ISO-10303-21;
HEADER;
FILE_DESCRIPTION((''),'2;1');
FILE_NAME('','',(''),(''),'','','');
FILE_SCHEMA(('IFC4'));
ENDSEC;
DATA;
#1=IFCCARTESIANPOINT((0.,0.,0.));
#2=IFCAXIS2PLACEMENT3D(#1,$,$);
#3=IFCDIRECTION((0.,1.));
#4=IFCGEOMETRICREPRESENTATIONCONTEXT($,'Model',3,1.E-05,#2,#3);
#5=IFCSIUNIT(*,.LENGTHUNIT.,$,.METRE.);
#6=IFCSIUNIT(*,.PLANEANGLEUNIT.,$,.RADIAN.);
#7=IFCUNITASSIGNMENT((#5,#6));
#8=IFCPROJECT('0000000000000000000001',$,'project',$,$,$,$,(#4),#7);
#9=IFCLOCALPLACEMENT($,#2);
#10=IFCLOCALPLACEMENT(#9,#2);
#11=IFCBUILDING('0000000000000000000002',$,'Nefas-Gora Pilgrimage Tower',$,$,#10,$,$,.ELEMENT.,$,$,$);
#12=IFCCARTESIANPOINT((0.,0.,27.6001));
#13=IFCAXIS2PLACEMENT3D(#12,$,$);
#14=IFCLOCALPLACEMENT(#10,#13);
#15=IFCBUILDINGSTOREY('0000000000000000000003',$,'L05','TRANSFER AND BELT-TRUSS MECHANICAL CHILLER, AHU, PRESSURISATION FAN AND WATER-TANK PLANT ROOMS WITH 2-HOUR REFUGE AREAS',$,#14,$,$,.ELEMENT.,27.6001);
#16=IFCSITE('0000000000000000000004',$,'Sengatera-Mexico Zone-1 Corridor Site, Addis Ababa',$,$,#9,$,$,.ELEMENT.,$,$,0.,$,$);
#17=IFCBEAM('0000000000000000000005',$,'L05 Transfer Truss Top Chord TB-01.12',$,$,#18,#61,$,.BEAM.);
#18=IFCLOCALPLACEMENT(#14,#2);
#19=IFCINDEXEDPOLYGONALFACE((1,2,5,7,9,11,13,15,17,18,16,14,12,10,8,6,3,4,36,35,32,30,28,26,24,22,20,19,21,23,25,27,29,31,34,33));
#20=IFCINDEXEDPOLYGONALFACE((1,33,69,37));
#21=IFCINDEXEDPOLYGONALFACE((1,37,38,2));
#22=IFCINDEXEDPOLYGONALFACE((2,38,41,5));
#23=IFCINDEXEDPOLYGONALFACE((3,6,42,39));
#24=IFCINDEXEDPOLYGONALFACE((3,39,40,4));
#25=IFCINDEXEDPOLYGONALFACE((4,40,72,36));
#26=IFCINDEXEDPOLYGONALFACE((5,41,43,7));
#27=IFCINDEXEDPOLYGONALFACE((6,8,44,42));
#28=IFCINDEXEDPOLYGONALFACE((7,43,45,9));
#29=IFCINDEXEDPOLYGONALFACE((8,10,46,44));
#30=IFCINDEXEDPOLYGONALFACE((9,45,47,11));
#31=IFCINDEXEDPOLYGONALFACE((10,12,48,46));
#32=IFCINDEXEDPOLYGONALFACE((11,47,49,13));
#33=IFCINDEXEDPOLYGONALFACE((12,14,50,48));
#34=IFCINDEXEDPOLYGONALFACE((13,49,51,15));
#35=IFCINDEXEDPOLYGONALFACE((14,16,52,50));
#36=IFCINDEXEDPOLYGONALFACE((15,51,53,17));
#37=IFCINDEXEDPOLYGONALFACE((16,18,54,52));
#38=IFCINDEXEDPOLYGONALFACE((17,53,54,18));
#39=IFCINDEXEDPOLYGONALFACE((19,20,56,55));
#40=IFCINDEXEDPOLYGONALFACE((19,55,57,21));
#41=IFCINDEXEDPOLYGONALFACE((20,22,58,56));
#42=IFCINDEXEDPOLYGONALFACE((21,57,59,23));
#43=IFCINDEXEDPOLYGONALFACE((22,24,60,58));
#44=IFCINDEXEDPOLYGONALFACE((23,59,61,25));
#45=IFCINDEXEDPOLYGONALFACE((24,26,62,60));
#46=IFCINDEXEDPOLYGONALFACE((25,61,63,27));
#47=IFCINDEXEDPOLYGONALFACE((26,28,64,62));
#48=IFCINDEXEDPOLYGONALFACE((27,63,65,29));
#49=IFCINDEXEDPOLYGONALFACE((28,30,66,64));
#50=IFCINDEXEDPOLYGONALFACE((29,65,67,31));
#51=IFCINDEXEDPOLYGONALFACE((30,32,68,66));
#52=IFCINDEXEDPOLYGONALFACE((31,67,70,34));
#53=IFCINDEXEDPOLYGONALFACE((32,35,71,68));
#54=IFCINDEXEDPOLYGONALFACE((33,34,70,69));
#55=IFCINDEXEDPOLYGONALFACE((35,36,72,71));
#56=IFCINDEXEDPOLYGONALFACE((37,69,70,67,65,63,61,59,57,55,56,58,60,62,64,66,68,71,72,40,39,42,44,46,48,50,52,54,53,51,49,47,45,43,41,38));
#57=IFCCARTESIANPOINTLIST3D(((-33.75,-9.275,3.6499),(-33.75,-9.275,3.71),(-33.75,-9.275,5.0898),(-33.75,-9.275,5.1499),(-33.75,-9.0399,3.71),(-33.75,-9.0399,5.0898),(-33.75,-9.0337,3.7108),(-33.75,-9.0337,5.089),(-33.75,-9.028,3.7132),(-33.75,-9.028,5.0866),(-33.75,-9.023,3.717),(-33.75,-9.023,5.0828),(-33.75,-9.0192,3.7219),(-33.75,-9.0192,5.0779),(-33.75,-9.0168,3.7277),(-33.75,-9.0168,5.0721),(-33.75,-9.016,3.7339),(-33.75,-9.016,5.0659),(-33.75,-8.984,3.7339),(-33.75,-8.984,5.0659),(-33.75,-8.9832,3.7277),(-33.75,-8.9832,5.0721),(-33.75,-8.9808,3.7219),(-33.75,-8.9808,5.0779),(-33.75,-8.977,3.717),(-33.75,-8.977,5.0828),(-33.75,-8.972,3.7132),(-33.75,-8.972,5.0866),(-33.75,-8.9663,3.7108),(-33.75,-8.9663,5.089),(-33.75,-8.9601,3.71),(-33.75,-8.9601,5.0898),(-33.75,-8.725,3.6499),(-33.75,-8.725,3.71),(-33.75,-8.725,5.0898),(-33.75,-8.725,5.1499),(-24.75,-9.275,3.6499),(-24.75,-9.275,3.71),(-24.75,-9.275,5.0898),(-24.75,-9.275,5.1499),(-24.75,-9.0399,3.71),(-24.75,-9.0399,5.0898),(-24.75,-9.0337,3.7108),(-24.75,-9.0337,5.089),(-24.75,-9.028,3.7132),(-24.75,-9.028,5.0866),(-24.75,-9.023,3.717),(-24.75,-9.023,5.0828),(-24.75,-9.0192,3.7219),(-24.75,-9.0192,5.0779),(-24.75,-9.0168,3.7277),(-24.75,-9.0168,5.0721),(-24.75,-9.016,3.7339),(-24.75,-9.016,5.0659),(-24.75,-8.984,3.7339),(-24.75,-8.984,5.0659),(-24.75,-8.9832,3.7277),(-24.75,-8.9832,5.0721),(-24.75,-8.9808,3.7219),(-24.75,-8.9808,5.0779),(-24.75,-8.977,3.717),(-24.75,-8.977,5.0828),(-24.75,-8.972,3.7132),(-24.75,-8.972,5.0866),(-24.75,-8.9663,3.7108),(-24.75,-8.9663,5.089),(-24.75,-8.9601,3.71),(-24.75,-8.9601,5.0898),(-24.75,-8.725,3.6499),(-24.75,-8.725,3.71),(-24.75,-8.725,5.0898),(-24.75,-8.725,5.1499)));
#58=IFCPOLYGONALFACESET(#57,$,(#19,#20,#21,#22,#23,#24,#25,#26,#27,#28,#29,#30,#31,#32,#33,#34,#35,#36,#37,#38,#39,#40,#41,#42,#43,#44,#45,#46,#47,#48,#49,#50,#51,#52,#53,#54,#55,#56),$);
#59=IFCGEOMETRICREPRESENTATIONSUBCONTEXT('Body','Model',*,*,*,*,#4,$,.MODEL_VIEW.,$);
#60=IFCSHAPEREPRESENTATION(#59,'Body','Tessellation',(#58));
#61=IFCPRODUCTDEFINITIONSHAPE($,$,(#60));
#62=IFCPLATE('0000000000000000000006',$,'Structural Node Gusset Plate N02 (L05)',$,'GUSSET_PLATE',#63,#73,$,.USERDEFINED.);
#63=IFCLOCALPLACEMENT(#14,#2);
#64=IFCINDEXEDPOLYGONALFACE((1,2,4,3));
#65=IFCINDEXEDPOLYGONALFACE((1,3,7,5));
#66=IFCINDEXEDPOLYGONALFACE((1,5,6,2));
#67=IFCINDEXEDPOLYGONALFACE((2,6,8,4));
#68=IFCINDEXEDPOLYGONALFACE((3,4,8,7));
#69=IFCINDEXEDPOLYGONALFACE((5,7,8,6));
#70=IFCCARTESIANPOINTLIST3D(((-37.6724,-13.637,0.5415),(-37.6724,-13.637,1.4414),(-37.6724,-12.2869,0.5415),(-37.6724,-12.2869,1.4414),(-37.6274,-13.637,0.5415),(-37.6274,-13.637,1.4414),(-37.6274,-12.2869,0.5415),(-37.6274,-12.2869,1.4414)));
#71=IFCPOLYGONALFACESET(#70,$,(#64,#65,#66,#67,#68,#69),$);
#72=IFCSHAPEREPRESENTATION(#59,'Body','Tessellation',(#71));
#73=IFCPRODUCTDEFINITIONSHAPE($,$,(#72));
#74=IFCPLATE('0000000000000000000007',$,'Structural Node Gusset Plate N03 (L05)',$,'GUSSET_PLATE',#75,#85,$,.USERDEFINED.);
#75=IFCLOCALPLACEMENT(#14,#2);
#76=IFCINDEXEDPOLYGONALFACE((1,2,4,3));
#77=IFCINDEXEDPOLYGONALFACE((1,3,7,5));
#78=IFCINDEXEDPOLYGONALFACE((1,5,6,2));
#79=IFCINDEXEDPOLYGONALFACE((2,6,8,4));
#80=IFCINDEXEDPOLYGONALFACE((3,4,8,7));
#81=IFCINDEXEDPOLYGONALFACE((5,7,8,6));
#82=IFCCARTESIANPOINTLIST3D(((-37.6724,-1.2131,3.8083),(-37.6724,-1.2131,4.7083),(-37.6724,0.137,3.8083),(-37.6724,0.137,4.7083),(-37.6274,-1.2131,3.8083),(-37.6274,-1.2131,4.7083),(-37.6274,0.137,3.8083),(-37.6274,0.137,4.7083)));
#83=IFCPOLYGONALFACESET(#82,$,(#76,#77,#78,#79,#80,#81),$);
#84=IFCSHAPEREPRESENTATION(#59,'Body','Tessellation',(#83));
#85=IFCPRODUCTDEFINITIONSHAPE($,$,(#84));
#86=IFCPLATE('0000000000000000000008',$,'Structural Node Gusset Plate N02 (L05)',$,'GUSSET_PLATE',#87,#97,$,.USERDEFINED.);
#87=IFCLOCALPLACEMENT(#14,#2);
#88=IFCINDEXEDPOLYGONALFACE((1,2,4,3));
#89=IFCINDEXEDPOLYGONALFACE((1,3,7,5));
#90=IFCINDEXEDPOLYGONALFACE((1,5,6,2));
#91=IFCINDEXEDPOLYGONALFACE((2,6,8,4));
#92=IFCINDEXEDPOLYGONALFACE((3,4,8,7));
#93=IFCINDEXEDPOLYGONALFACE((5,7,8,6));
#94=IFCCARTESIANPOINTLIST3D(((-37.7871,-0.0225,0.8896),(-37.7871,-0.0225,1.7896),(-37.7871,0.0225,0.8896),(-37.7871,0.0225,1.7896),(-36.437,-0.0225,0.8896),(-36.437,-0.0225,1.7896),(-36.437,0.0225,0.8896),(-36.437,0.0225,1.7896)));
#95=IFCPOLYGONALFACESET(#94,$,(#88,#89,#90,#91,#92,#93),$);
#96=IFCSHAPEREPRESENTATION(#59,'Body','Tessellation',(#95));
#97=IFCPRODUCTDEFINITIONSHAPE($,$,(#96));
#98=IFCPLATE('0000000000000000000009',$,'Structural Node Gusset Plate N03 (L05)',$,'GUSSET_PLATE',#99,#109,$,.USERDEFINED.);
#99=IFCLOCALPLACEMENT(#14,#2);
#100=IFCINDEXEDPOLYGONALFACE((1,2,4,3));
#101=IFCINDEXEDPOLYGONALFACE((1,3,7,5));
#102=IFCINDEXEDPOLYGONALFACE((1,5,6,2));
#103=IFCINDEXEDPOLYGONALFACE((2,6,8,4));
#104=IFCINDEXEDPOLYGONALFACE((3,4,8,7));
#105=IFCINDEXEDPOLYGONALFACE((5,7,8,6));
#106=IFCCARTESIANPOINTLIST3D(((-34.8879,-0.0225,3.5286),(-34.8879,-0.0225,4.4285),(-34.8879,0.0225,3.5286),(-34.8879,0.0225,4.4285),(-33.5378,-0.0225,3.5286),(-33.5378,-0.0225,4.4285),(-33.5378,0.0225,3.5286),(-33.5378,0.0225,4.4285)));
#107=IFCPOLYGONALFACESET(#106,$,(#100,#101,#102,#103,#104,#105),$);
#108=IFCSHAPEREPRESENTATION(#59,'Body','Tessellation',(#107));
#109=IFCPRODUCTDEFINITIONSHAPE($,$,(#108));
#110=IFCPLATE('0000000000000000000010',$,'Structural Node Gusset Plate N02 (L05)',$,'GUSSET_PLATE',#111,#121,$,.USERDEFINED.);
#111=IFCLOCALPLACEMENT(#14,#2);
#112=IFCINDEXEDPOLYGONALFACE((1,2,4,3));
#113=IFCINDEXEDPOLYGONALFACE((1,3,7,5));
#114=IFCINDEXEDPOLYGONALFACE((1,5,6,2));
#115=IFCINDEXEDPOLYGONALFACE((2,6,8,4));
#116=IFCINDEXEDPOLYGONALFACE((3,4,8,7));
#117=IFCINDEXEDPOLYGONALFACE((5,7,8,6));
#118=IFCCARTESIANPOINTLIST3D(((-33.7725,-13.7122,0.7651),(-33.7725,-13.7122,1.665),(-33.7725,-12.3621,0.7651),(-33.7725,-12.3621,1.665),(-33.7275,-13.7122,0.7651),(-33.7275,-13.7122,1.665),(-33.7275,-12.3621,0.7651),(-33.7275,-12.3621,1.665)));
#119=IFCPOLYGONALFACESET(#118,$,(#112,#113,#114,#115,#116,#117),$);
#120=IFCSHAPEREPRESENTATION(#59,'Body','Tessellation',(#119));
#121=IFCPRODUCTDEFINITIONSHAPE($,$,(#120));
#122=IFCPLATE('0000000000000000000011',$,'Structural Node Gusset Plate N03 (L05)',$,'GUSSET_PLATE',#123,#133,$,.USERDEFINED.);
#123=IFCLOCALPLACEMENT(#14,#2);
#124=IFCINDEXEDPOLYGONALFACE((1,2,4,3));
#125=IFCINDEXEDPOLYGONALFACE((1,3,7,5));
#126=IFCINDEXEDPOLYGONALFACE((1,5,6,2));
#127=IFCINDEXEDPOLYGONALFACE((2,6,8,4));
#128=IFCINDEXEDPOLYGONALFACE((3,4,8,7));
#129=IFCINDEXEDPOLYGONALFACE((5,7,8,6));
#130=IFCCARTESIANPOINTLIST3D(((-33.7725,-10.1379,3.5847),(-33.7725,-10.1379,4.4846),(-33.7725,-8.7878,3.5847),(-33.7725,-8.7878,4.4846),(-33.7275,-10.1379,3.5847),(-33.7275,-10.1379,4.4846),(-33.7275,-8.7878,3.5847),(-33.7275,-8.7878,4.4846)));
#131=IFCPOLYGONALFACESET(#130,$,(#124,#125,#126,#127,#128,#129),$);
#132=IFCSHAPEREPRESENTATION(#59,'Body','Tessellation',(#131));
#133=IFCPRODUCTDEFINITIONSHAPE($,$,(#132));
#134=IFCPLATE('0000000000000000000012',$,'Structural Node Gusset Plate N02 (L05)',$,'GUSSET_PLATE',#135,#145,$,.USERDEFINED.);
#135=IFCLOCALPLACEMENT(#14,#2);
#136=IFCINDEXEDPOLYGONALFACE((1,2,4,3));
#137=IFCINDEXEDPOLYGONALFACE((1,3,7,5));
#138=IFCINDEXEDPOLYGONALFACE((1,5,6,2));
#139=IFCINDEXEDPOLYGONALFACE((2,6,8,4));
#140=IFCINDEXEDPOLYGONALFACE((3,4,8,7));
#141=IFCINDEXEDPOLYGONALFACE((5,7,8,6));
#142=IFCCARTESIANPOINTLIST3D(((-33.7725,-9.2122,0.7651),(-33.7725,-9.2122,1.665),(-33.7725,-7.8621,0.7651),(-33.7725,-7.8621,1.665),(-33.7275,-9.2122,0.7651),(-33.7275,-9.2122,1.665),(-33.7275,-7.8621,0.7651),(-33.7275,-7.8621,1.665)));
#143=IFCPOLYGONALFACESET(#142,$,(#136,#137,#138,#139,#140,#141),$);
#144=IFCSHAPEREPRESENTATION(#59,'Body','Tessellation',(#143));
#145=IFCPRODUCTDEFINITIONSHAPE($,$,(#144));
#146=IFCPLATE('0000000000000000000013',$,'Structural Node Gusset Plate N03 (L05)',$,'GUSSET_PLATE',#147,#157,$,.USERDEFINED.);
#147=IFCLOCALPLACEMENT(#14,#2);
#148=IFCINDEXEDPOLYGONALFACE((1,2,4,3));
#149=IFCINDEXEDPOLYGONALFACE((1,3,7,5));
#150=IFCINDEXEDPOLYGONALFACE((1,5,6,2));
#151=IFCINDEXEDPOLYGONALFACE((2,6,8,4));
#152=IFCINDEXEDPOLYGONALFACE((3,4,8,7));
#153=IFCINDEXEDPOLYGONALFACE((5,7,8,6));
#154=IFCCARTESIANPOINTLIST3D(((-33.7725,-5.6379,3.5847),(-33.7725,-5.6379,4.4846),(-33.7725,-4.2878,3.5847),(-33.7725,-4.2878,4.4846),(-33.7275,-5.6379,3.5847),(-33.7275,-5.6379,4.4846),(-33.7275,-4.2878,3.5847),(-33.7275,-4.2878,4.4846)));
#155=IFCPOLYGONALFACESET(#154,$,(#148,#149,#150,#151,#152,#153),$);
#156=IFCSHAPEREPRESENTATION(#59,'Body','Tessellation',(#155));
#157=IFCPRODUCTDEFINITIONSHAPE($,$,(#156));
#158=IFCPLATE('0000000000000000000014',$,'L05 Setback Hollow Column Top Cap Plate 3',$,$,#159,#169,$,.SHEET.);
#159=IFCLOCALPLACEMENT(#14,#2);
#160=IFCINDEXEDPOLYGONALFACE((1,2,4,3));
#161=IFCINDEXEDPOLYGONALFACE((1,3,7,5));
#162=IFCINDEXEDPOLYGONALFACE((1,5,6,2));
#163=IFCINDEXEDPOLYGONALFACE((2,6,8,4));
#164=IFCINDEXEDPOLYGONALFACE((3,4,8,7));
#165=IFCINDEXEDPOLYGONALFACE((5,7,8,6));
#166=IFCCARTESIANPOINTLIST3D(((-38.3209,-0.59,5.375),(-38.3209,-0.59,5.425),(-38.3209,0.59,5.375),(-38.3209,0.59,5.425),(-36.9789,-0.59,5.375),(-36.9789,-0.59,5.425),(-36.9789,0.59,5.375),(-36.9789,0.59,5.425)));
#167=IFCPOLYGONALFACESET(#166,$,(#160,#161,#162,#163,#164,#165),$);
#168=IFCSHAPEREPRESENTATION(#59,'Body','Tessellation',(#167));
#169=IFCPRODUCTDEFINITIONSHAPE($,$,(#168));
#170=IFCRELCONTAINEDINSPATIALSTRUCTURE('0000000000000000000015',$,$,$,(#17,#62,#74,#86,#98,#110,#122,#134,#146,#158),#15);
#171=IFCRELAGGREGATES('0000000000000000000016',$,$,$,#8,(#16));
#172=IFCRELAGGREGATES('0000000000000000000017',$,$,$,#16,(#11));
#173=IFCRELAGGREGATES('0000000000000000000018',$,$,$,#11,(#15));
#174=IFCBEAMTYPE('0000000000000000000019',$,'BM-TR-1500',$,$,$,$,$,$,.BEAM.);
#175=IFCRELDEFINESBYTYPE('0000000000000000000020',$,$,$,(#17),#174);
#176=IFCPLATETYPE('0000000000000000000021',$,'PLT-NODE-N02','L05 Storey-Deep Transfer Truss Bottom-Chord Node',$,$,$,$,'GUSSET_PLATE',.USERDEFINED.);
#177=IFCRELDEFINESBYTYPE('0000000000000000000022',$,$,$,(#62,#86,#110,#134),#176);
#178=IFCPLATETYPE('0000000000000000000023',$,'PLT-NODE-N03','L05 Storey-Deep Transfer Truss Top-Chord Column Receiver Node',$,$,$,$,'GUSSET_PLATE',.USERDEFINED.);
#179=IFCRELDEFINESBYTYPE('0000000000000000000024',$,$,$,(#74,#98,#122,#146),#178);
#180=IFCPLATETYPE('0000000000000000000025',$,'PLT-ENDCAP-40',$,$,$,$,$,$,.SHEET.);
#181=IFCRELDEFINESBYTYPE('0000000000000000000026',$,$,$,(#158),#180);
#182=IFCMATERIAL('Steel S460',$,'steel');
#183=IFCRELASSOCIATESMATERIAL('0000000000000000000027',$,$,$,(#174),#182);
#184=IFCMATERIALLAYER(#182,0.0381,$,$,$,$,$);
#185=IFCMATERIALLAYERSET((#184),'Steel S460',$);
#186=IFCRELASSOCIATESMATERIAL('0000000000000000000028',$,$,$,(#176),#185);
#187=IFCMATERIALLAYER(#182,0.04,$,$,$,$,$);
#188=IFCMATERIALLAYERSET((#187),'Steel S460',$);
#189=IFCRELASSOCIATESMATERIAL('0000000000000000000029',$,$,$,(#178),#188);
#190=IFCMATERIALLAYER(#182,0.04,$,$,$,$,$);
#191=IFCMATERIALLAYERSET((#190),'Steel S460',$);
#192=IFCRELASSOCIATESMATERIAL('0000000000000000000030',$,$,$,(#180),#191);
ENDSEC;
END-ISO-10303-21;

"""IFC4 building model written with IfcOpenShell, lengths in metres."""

from ifc_helpers import new_model, si_unit, direction, frame, origin, origin_2d, place, context, subcontext, project, spatial, rectangle, i_section, extrude, source, transform, mapped, material, layer, layer_set, material_profile, profile_set, type_object, element, save


model = new_model("IFC4")

# Units and contexts
model_context = context("Model", 3, precision=1e-05, world=origin(), true_north=direction((0.0, 1.0)))
body_context = subcontext(model_context, "Body", "Model", "MODEL_VIEW")
ifc_project = project(units=[si_unit("LENGTHUNIT", "METRE"), si_unit("PLANEANGLEUNIT", "RADIAN")], contexts=[model_context])

# Site, building, storey
site_placement = place(None, origin())
site = spatial("IfcSite", under=ifc_project, at=site_placement, Name="Sengatera-Mexico Zone-1 Corridor Site, Addis Ababa", CompositionType="ELEMENT", RefElevation=0.0)
building_placement = place(site_placement, origin())
building = spatial("IfcBuilding", under=site, at=building_placement, Name="Nefas-Gora Pilgrimage Tower", CompositionType="ELEMENT")
storey_placement = place(building_placement, frame((0.0, 0.0, 27.6001)))
storey = spatial("IfcBuildingStorey", under=building, at=storey_placement, Name="L05", Description="TRANSFER AND BELT-TRUSS MECHANICAL CHILLER, AHU, PRESSURISATION FAN AND WATER-TANK PLANT ROOMS WITH 2-HOUR REFUGE AREAS", CompositionType="ELEMENT", Elevation=27.6001)

# Shared definitions
ifc_material_1 = material(Name="Steel S460", Category="steel")

# Shared definitions
ifc_material_profile_1 = material_profile(ifc_material_1, i_section(OverallWidth=0.55, OverallDepth=1.5, WebThickness=0.032, FlangeThickness=0.0601, FilletRadius=0.0239, at=origin_2d()), Name="WPG 1500x550x32x60")
ifc_profile_set_1 = profile_set([ifc_material_profile_1], Name="Steel S460")
beam_type_1 = type_object("IfcBeamType", Name="BM-TR-1500", PredefinedType="BEAM", material=ifc_profile_set_1)

# Beam
shared_shape_1 = source(origin(), body_context, "Body", "SweptSolid", [
    extrude(i_section(OverallWidth=0.55, OverallDepth=1.5, WebThickness=0.032, FlangeThickness=0.0601, FilletRadius=0.0239, at=origin_2d()), origin(), (0.0, 0.0, 1.0), 9.0),
])
beam_1_placement = place(storey_placement, frame((-33.75, -9.0, 4.3999), z_axis=(1.0, 0.0, 0.0), x_axis=(0.0, 1.0, 0.0)))
element("IfcBeam", 1, at=beam_1_placement, inside=storey, type_object=beam_type_1, Name="L05 Transfer Truss Top Chord TB-01.12", PredefinedType="BEAM", context=body_context, shape_type="MappedRepresentation", body=[
    mapped(shared_shape_1, transform((0.0, 0.0, 0.0), x_axis=(1.0, 0.0, 0.0), y_axis=(0.0, 1.0, 0.0), z_axis=(0.0, 0.0, 1.0), scale=1.0)),
])

# Plates
ifc_layer_1 = layer(ifc_material_1, 0.0381)
ifc_layer_set_1 = layer_set([ifc_layer_1], Name="Steel S460")
plate_type_1 = type_object("IfcPlateType", Name="PLT-NODE-N02", Description="L05 Storey-Deep Transfer Truss Bottom-Chord Node", ElementType="GUSSET_PLATE", PredefinedType="USERDEFINED", material=ifc_layer_set_1)
shared_shape_2 = source(origin(), body_context, "Body", "SweptSolid", [
    extrude(rectangle(XDim=1.3501, YDim=0.0449, at=origin_2d()), origin(), (0.0, 0.0, 1.0), 0.8999),
])
plate_1_placement = place(storey_placement, frame((-37.6499, -12.9619, 0.5415), z_axis=(0.0, 0.0, 1.0), x_axis=(0.0, 1.0, 0.0)))
element("IfcPlate", 2, at=plate_1_placement, inside=storey, type_object=plate_type_1, Name="Structural Node Gusset Plate N02 (L05)", ObjectType="GUSSET_PLATE", PredefinedType="USERDEFINED", context=body_context, shape_type="MappedRepresentation", body=[
    mapped(shared_shape_2, transform((0.0, 0.0, 0.0), x_axis=(1.0, 0.0, 0.0), y_axis=(0.0, 1.0, 0.0), z_axis=(0.0, 0.0, 1.0), scale=1.0)),
])
ifc_layer_2 = layer(ifc_material_1, 0.04)
ifc_layer_set_2 = layer_set([ifc_layer_2], Name="Steel S460")
plate_type_2 = type_object("IfcPlateType", Name="PLT-NODE-N03", Description="L05 Storey-Deep Transfer Truss Top-Chord Column Receiver Node", ElementType="GUSSET_PLATE", PredefinedType="USERDEFINED", material=ifc_layer_set_2)
plate_2_placement = place(storey_placement, frame((-37.6499, -0.5381, 3.8083), z_axis=(0.0, 0.0, 1.0), x_axis=(0.0, 1.0, 0.0)))
element("IfcPlate", 3, at=plate_2_placement, inside=storey, type_object=plate_type_2, Name="Structural Node Gusset Plate N03 (L05)", ObjectType="GUSSET_PLATE", PredefinedType="USERDEFINED", context=body_context, shape_type="MappedRepresentation", body=[
    mapped(shared_shape_2, transform((0.0, 0.0, 0.0), x_axis=(1.0, 0.0, 0.0), y_axis=(0.0, 1.0, 0.0), z_axis=(0.0, 0.0, 1.0), scale=1.0)),
])
plate_3_placement = place(storey_placement, frame((-37.1121, 0.0, 0.8896), z_axis=(0.0, 0.0, 1.0), x_axis=(1.0, 0.0, 0.0)))
element("IfcPlate", 4, at=plate_3_placement, inside=storey, type_object=plate_type_1, Name="Structural Node Gusset Plate N02 (L05)", ObjectType="GUSSET_PLATE", PredefinedType="USERDEFINED", context=body_context, shape_type="MappedRepresentation", body=[
    mapped(shared_shape_2, transform((0.0, 0.0, 0.0), x_axis=(1.0, 0.0, 0.0), y_axis=(0.0, 1.0, 0.0), z_axis=(0.0, 0.0, 1.0), scale=1.0)),
])
plate_4_placement = place(storey_placement, frame((-34.2129, 0.0, 3.5286), z_axis=(0.0, 0.0, 1.0), x_axis=(1.0, 0.0, 0.0)))
element("IfcPlate", 5, at=plate_4_placement, inside=storey, type_object=plate_type_2, Name="Structural Node Gusset Plate N03 (L05)", ObjectType="GUSSET_PLATE", PredefinedType="USERDEFINED", context=body_context, shape_type="MappedRepresentation", body=[
    mapped(shared_shape_2, transform((0.0, 0.0, 0.0), x_axis=(1.0, 0.0, 0.0), y_axis=(0.0, 1.0, 0.0), z_axis=(0.0, 0.0, 1.0), scale=1.0)),
])
plate_5_placement = place(storey_placement, frame((-33.75, -13.0371, 0.7651), z_axis=(0.0, 0.0, 1.0), x_axis=(0.0, 1.0, 0.0)))
element("IfcPlate", 6, at=plate_5_placement, inside=storey, type_object=plate_type_1, Name="Structural Node Gusset Plate N02 (L05)", ObjectType="GUSSET_PLATE", PredefinedType="USERDEFINED", context=body_context, shape_type="MappedRepresentation", body=[
    mapped(shared_shape_2, transform((0.0, 0.0, 0.0), x_axis=(1.0, 0.0, 0.0), y_axis=(0.0, 1.0, 0.0), z_axis=(0.0, 0.0, 1.0), scale=1.0)),
])
plate_6_placement = place(storey_placement, frame((-33.75, -9.4629, 3.5847), z_axis=(0.0, 0.0, 1.0), x_axis=(0.0, 1.0, 0.0)))
element("IfcPlate", 7, at=plate_6_placement, inside=storey, type_object=plate_type_2, Name="Structural Node Gusset Plate N03 (L05)", ObjectType="GUSSET_PLATE", PredefinedType="USERDEFINED", context=body_context, shape_type="MappedRepresentation", body=[
    mapped(shared_shape_2, transform((0.0, 0.0, 0.0), x_axis=(1.0, 0.0, 0.0), y_axis=(0.0, 1.0, 0.0), z_axis=(0.0, 0.0, 1.0), scale=1.0)),
])
plate_7_placement = place(storey_placement, frame((-33.75, -8.5371, 0.7651), z_axis=(0.0, 0.0, 1.0), x_axis=(0.0, 1.0, 0.0)))
element("IfcPlate", 8, at=plate_7_placement, inside=storey, type_object=plate_type_1, Name="Structural Node Gusset Plate N02 (L05)", ObjectType="GUSSET_PLATE", PredefinedType="USERDEFINED", context=body_context, shape_type="MappedRepresentation", body=[
    mapped(shared_shape_2, transform((0.0, 0.0, 0.0), x_axis=(1.0, 0.0, 0.0), y_axis=(0.0, 1.0, 0.0), z_axis=(0.0, 0.0, 1.0), scale=1.0)),
])
plate_8_placement = place(storey_placement, frame((-33.75, -4.9629, 3.5847), z_axis=(0.0, 0.0, 1.0), x_axis=(0.0, 1.0, 0.0)))
element("IfcPlate", 9, at=plate_8_placement, inside=storey, type_object=plate_type_2, Name="Structural Node Gusset Plate N03 (L05)", ObjectType="GUSSET_PLATE", PredefinedType="USERDEFINED", context=body_context, shape_type="MappedRepresentation", body=[
    mapped(shared_shape_2, transform((0.0, 0.0, 0.0), x_axis=(1.0, 0.0, 0.0), y_axis=(0.0, 1.0, 0.0), z_axis=(0.0, 0.0, 1.0), scale=1.0)),
])
ifc_layer_3 = layer(ifc_material_1, 0.04)
ifc_layer_set_3 = layer_set([ifc_layer_3], Name="Steel S460")
plate_type_3 = type_object("IfcPlateType", Name="PLT-ENDCAP-40", PredefinedType="SHEET", material=ifc_layer_set_3)
shared_shape_3 = source(origin(), body_context, "Body", "SweptSolid", [
    extrude(rectangle(XDim=1.342, YDim=1.1799, at=origin_2d()), origin(), (0.0, 0.0, 1.0), 0.05),
])
plate_9_placement = place(storey_placement, frame((-37.6499, 0.0, 5.375), z_axis=(0.0, 0.0, 1.0), x_axis=(1.0, 0.0, 0.0)))
element("IfcPlate", 10, at=plate_9_placement, inside=storey, type_object=plate_type_3, Name="L05 Setback Hollow Column Top Cap Plate 3", PredefinedType="SHEET", context=body_context, shape_type="MappedRepresentation", body=[
    mapped(shared_shape_3, transform((0.0, 0.0, 0.0), x_axis=(1.0, 0.0, 0.0), y_axis=(0.0, 1.0, 0.0), z_axis=(0.0, 0.0, 1.0), scale=1.0)),
])

save(model, "model.ifc")
